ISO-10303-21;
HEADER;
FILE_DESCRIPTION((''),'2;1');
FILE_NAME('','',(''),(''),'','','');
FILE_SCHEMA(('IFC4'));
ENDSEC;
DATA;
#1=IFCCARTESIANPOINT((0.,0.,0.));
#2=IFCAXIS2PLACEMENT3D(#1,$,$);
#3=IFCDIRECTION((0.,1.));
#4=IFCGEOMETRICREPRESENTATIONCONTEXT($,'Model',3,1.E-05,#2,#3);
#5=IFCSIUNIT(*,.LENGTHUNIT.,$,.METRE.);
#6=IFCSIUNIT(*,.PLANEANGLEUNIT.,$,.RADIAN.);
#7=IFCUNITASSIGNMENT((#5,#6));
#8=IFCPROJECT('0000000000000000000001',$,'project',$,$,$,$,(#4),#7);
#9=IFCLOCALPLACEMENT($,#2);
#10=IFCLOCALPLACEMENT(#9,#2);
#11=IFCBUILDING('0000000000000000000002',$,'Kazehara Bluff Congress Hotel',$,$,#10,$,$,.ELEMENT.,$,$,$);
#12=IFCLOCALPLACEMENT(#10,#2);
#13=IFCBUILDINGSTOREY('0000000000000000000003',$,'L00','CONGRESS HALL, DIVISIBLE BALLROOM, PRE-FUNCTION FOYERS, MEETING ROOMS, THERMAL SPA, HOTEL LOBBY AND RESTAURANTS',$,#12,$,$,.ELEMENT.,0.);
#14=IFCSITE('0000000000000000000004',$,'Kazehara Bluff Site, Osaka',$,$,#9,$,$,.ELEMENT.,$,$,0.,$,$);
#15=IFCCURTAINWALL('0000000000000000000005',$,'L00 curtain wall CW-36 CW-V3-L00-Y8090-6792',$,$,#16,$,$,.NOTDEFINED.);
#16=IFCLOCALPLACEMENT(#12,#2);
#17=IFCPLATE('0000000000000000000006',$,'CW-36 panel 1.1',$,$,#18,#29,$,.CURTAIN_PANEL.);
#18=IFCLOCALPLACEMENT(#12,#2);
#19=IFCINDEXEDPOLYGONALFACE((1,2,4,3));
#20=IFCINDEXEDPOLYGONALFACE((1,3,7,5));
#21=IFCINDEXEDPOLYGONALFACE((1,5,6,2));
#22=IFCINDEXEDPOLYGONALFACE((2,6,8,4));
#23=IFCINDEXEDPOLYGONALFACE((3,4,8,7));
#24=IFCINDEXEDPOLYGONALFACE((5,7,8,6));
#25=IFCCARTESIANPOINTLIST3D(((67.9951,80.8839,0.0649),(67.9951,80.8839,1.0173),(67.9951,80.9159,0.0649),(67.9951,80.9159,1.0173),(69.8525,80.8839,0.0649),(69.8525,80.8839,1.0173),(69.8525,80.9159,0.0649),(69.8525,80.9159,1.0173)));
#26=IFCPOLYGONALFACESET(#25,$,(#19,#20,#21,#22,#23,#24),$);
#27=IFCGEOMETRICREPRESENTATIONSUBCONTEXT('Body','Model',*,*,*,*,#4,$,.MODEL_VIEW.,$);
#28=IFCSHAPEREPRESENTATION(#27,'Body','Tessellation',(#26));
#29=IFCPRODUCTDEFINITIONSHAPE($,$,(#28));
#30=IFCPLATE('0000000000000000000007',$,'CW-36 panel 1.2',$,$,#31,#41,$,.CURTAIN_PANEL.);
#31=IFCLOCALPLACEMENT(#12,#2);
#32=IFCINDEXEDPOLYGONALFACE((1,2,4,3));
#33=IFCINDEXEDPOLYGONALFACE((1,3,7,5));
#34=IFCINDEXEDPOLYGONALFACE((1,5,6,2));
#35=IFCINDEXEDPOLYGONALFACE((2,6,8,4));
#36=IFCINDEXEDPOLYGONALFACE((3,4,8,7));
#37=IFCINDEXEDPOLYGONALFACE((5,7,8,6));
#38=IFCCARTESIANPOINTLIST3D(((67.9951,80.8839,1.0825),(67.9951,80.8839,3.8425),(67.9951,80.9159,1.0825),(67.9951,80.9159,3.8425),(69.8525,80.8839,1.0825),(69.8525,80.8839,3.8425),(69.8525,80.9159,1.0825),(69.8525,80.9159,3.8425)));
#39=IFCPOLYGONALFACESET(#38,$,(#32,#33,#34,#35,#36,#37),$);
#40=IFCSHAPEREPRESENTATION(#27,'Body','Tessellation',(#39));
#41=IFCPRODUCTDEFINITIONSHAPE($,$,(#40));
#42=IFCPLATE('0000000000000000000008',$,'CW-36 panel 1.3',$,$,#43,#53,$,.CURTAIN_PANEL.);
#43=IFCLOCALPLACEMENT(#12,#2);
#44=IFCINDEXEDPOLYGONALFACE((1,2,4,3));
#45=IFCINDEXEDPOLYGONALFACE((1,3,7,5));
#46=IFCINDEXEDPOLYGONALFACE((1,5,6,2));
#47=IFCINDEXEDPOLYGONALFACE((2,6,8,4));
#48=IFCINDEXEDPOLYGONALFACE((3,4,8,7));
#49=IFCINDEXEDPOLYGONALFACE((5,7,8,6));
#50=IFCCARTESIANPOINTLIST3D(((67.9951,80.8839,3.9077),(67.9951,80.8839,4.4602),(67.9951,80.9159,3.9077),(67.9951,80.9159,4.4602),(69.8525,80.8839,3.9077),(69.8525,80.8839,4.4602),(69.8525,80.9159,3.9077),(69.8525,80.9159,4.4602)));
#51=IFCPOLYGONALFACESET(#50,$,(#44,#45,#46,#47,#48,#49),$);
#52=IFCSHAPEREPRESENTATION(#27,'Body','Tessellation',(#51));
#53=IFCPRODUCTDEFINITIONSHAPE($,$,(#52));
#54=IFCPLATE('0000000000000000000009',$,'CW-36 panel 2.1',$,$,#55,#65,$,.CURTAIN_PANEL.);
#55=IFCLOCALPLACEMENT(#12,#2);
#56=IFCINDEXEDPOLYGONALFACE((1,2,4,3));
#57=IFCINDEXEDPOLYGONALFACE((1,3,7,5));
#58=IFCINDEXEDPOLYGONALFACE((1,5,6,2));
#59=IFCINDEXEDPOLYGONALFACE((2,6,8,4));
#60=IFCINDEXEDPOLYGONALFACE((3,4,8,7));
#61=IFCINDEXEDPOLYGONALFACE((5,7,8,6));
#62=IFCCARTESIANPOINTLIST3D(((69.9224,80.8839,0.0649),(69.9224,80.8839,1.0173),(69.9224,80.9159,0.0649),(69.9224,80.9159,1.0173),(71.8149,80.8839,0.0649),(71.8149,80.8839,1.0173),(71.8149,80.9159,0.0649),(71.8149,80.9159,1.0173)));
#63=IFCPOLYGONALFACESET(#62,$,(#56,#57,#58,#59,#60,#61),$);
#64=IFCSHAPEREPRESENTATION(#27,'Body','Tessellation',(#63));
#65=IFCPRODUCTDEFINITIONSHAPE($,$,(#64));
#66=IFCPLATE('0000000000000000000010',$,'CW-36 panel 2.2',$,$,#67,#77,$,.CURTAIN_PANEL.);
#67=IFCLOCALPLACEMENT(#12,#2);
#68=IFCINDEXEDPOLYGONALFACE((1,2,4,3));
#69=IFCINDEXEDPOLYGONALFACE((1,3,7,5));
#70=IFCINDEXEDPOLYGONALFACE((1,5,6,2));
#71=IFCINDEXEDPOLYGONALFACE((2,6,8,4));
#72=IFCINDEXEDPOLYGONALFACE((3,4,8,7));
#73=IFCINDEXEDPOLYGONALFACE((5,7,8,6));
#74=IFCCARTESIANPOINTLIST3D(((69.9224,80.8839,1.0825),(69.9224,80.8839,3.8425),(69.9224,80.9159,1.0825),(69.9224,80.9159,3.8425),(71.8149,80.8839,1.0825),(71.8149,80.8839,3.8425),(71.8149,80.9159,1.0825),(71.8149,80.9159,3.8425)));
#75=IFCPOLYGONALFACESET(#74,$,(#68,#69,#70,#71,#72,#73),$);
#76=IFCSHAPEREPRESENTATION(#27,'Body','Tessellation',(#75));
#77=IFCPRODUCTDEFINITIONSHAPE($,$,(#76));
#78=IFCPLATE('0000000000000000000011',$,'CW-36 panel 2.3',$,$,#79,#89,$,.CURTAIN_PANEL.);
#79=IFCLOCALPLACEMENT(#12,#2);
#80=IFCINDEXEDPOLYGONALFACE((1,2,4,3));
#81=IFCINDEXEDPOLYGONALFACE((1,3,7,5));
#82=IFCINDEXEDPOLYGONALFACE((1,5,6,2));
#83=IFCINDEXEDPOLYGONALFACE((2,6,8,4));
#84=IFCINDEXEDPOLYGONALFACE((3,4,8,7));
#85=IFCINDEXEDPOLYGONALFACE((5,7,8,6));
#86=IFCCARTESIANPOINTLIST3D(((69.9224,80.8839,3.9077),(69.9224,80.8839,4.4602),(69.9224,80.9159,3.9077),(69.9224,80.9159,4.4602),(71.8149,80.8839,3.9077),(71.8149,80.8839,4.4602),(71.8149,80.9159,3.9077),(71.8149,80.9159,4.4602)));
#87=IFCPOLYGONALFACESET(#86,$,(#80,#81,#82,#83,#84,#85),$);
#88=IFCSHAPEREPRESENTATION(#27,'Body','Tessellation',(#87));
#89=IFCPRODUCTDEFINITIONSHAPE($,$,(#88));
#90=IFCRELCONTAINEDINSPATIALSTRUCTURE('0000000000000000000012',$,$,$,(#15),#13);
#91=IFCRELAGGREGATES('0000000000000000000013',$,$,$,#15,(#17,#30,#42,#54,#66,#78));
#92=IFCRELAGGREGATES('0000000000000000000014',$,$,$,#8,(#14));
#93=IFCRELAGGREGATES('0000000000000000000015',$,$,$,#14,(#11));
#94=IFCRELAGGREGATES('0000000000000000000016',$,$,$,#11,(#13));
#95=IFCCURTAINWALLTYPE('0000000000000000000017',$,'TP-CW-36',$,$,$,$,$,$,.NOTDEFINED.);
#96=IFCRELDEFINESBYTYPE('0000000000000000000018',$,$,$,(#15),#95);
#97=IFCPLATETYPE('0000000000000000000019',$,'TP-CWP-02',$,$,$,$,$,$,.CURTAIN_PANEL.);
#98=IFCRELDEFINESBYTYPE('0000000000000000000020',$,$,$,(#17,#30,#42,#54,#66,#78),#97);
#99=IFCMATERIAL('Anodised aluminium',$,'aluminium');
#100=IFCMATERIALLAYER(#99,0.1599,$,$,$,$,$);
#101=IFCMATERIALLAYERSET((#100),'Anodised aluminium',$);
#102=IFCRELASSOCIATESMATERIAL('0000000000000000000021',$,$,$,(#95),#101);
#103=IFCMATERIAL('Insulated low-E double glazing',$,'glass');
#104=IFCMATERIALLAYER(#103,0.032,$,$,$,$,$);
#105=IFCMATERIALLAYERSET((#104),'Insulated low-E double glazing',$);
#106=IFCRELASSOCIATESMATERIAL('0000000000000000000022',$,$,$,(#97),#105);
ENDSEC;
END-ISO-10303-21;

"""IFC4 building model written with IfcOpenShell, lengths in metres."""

from ifc_helpers import new_model, si_unit, direction, frame, origin, origin_2d, place, context, subcontext, project, spatial, rectangle, extrude, material, layer, layer_set, type_object, element, aggregate, save


model = new_model("IFC4")

# Units and contexts
model_context = context("Model", 3, precision=1e-05, world=origin(), true_north=direction((0.0, 1.0)))
body_context = subcontext(model_context, "Body", "Model", "MODEL_VIEW")
ifc_project = project(units=[si_unit("LENGTHUNIT", "METRE"), si_unit("PLANEANGLEUNIT", "RADIAN")], contexts=[model_context])

# Site, building, storey
site_placement = place(None, origin())
site = spatial("IfcSite", under=ifc_project, at=site_placement, Name="Kazehara Bluff Site, Osaka", CompositionType="ELEMENT", RefElevation=0.0)
building_placement = place(site_placement, origin())
building = spatial("IfcBuilding", under=site, at=building_placement, Name="Kazehara Bluff Congress Hotel", CompositionType="ELEMENT")
storey_placement = place(building_placement, origin())
storey = spatial("IfcBuildingStorey", under=building, at=storey_placement, Name="L00", Description="CONGRESS HALL, DIVISIBLE BALLROOM, PRE-FUNCTION FOYERS, MEETING ROOMS, THERMAL SPA, HOTEL LOBBY AND RESTAURANTS", CompositionType="ELEMENT", Elevation=0.0)

# Curtain wall
ifc_material_1 = material(Name="Anodised aluminium", Category="aluminium")
ifc_layer_1 = layer(ifc_material_1, 0.1599)
ifc_layer_set_1 = layer_set([ifc_layer_1], Name="Anodised aluminium")
curtain_wall_type_1 = type_object("IfcCurtainWallType", Name="TP-CW-36", PredefinedType="NOTDEFINED", material=ifc_layer_set_1)
curtain_wall_1_placement = place(storey_placement, origin())
curtain_wall_1 = element("IfcCurtainWall", 1, at=curtain_wall_1_placement, inside=storey, type_object=curtain_wall_type_1, Name="L00 curtain wall CW-36 CW-V3-L00-Y8090-6792", PredefinedType="NOTDEFINED")

# Plates
ifc_material_2 = material(Name="Insulated low-E double glazing", Category="glass")
ifc_layer_2 = layer(ifc_material_2, 0.032)
ifc_layer_set_2 = layer_set([ifc_layer_2], Name="Insulated low-E double glazing")
plate_type = type_object("IfcPlateType", Name="TP-CWP-02", PredefinedType="CURTAIN_PANEL", material=ifc_layer_set_2)
plate_1_placement = place(storey_placement, frame((68.9238, 80.8999, 0.0649), z_axis=(0.0, 0.0, 1.0), x_axis=(1.0, 0.0, 0.0)))
plate_1 = element("IfcPlate", 2, at=plate_1_placement, type_object=plate_type, Name="CW-36 panel 1.1", PredefinedType="CURTAIN_PANEL", context=body_context, shape_type="SweptSolid", body=[
    extrude(rectangle(XDim=1.8574, YDim=0.032, at=origin_2d()), origin(), (0.0, 0.0, 1.0), 0.9524),
])
plate_2_placement = place(storey_placement, frame((68.9238, 80.8999, 1.0825), z_axis=(0.0, 0.0, 1.0), x_axis=(1.0, 0.0, 0.0)))
plate_2 = element("IfcPlate", 3, at=plate_2_placement, type_object=plate_type, Name="CW-36 panel 1.2", PredefinedType="CURTAIN_PANEL", context=body_context, shape_type="SweptSolid", body=[
    extrude(rectangle(XDim=1.8574, YDim=0.032, at=origin_2d()), origin(), (0.0, 0.0, 1.0), 2.76),
])
plate_3_placement = place(storey_placement, frame((68.9238, 80.8999, 3.9077), z_axis=(0.0, 0.0, 1.0), x_axis=(1.0, 0.0, 0.0)))
plate_3 = element("IfcPlate", 4, at=plate_3_placement, type_object=plate_type, Name="CW-36 panel 1.3", PredefinedType="CURTAIN_PANEL", context=body_context, shape_type="SweptSolid", body=[
    extrude(rectangle(XDim=1.8574, YDim=0.032, at=origin_2d()), origin(), (0.0, 0.0, 1.0), 0.5525),
])
plate_4_placement = place(storey_placement, frame((70.8687, 80.8999, 0.0649), z_axis=(0.0, 0.0, 1.0), x_axis=(1.0, 0.0, 0.0)))
plate_4 = element("IfcPlate", 5, at=plate_4_placement, type_object=plate_type, Name="CW-36 panel 2.1", PredefinedType="CURTAIN_PANEL", context=body_context, shape_type="SweptSolid", body=[
    extrude(rectangle(XDim=1.8926, YDim=0.032, at=origin_2d()), origin(), (0.0, 0.0, 1.0), 0.9524),
])
plate_5_placement = place(storey_placement, frame((70.8687, 80.8999, 1.0825), z_axis=(0.0, 0.0, 1.0), x_axis=(1.0, 0.0, 0.0)))
plate_5 = element("IfcPlate", 6, at=plate_5_placement, type_object=plate_type, Name="CW-36 panel 2.2", PredefinedType="CURTAIN_PANEL", context=body_context, shape_type="SweptSolid", body=[
    extrude(rectangle(XDim=1.8926, YDim=0.032, at=origin_2d()), origin(), (0.0, 0.0, 1.0), 2.76),
])
plate_6_placement = place(storey_placement, frame((70.8687, 80.8999, 3.9077), z_axis=(0.0, 0.0, 1.0), x_axis=(1.0, 0.0, 0.0)))
plate_6 = element("IfcPlate", 7, at=plate_6_placement, type_object=plate_type, Name="CW-36 panel 2.3", PredefinedType="CURTAIN_PANEL", context=body_context, shape_type="SweptSolid", body=[
    extrude(rectangle(XDim=1.8926, YDim=0.032, at=origin_2d()), origin(), (0.0, 0.0, 1.0), 0.5525),
])
aggregate(curtain_wall_1, [plate_1, plate_2, plate_3, plate_4, plate_5, plate_6])

save(model, "model.ifc")
